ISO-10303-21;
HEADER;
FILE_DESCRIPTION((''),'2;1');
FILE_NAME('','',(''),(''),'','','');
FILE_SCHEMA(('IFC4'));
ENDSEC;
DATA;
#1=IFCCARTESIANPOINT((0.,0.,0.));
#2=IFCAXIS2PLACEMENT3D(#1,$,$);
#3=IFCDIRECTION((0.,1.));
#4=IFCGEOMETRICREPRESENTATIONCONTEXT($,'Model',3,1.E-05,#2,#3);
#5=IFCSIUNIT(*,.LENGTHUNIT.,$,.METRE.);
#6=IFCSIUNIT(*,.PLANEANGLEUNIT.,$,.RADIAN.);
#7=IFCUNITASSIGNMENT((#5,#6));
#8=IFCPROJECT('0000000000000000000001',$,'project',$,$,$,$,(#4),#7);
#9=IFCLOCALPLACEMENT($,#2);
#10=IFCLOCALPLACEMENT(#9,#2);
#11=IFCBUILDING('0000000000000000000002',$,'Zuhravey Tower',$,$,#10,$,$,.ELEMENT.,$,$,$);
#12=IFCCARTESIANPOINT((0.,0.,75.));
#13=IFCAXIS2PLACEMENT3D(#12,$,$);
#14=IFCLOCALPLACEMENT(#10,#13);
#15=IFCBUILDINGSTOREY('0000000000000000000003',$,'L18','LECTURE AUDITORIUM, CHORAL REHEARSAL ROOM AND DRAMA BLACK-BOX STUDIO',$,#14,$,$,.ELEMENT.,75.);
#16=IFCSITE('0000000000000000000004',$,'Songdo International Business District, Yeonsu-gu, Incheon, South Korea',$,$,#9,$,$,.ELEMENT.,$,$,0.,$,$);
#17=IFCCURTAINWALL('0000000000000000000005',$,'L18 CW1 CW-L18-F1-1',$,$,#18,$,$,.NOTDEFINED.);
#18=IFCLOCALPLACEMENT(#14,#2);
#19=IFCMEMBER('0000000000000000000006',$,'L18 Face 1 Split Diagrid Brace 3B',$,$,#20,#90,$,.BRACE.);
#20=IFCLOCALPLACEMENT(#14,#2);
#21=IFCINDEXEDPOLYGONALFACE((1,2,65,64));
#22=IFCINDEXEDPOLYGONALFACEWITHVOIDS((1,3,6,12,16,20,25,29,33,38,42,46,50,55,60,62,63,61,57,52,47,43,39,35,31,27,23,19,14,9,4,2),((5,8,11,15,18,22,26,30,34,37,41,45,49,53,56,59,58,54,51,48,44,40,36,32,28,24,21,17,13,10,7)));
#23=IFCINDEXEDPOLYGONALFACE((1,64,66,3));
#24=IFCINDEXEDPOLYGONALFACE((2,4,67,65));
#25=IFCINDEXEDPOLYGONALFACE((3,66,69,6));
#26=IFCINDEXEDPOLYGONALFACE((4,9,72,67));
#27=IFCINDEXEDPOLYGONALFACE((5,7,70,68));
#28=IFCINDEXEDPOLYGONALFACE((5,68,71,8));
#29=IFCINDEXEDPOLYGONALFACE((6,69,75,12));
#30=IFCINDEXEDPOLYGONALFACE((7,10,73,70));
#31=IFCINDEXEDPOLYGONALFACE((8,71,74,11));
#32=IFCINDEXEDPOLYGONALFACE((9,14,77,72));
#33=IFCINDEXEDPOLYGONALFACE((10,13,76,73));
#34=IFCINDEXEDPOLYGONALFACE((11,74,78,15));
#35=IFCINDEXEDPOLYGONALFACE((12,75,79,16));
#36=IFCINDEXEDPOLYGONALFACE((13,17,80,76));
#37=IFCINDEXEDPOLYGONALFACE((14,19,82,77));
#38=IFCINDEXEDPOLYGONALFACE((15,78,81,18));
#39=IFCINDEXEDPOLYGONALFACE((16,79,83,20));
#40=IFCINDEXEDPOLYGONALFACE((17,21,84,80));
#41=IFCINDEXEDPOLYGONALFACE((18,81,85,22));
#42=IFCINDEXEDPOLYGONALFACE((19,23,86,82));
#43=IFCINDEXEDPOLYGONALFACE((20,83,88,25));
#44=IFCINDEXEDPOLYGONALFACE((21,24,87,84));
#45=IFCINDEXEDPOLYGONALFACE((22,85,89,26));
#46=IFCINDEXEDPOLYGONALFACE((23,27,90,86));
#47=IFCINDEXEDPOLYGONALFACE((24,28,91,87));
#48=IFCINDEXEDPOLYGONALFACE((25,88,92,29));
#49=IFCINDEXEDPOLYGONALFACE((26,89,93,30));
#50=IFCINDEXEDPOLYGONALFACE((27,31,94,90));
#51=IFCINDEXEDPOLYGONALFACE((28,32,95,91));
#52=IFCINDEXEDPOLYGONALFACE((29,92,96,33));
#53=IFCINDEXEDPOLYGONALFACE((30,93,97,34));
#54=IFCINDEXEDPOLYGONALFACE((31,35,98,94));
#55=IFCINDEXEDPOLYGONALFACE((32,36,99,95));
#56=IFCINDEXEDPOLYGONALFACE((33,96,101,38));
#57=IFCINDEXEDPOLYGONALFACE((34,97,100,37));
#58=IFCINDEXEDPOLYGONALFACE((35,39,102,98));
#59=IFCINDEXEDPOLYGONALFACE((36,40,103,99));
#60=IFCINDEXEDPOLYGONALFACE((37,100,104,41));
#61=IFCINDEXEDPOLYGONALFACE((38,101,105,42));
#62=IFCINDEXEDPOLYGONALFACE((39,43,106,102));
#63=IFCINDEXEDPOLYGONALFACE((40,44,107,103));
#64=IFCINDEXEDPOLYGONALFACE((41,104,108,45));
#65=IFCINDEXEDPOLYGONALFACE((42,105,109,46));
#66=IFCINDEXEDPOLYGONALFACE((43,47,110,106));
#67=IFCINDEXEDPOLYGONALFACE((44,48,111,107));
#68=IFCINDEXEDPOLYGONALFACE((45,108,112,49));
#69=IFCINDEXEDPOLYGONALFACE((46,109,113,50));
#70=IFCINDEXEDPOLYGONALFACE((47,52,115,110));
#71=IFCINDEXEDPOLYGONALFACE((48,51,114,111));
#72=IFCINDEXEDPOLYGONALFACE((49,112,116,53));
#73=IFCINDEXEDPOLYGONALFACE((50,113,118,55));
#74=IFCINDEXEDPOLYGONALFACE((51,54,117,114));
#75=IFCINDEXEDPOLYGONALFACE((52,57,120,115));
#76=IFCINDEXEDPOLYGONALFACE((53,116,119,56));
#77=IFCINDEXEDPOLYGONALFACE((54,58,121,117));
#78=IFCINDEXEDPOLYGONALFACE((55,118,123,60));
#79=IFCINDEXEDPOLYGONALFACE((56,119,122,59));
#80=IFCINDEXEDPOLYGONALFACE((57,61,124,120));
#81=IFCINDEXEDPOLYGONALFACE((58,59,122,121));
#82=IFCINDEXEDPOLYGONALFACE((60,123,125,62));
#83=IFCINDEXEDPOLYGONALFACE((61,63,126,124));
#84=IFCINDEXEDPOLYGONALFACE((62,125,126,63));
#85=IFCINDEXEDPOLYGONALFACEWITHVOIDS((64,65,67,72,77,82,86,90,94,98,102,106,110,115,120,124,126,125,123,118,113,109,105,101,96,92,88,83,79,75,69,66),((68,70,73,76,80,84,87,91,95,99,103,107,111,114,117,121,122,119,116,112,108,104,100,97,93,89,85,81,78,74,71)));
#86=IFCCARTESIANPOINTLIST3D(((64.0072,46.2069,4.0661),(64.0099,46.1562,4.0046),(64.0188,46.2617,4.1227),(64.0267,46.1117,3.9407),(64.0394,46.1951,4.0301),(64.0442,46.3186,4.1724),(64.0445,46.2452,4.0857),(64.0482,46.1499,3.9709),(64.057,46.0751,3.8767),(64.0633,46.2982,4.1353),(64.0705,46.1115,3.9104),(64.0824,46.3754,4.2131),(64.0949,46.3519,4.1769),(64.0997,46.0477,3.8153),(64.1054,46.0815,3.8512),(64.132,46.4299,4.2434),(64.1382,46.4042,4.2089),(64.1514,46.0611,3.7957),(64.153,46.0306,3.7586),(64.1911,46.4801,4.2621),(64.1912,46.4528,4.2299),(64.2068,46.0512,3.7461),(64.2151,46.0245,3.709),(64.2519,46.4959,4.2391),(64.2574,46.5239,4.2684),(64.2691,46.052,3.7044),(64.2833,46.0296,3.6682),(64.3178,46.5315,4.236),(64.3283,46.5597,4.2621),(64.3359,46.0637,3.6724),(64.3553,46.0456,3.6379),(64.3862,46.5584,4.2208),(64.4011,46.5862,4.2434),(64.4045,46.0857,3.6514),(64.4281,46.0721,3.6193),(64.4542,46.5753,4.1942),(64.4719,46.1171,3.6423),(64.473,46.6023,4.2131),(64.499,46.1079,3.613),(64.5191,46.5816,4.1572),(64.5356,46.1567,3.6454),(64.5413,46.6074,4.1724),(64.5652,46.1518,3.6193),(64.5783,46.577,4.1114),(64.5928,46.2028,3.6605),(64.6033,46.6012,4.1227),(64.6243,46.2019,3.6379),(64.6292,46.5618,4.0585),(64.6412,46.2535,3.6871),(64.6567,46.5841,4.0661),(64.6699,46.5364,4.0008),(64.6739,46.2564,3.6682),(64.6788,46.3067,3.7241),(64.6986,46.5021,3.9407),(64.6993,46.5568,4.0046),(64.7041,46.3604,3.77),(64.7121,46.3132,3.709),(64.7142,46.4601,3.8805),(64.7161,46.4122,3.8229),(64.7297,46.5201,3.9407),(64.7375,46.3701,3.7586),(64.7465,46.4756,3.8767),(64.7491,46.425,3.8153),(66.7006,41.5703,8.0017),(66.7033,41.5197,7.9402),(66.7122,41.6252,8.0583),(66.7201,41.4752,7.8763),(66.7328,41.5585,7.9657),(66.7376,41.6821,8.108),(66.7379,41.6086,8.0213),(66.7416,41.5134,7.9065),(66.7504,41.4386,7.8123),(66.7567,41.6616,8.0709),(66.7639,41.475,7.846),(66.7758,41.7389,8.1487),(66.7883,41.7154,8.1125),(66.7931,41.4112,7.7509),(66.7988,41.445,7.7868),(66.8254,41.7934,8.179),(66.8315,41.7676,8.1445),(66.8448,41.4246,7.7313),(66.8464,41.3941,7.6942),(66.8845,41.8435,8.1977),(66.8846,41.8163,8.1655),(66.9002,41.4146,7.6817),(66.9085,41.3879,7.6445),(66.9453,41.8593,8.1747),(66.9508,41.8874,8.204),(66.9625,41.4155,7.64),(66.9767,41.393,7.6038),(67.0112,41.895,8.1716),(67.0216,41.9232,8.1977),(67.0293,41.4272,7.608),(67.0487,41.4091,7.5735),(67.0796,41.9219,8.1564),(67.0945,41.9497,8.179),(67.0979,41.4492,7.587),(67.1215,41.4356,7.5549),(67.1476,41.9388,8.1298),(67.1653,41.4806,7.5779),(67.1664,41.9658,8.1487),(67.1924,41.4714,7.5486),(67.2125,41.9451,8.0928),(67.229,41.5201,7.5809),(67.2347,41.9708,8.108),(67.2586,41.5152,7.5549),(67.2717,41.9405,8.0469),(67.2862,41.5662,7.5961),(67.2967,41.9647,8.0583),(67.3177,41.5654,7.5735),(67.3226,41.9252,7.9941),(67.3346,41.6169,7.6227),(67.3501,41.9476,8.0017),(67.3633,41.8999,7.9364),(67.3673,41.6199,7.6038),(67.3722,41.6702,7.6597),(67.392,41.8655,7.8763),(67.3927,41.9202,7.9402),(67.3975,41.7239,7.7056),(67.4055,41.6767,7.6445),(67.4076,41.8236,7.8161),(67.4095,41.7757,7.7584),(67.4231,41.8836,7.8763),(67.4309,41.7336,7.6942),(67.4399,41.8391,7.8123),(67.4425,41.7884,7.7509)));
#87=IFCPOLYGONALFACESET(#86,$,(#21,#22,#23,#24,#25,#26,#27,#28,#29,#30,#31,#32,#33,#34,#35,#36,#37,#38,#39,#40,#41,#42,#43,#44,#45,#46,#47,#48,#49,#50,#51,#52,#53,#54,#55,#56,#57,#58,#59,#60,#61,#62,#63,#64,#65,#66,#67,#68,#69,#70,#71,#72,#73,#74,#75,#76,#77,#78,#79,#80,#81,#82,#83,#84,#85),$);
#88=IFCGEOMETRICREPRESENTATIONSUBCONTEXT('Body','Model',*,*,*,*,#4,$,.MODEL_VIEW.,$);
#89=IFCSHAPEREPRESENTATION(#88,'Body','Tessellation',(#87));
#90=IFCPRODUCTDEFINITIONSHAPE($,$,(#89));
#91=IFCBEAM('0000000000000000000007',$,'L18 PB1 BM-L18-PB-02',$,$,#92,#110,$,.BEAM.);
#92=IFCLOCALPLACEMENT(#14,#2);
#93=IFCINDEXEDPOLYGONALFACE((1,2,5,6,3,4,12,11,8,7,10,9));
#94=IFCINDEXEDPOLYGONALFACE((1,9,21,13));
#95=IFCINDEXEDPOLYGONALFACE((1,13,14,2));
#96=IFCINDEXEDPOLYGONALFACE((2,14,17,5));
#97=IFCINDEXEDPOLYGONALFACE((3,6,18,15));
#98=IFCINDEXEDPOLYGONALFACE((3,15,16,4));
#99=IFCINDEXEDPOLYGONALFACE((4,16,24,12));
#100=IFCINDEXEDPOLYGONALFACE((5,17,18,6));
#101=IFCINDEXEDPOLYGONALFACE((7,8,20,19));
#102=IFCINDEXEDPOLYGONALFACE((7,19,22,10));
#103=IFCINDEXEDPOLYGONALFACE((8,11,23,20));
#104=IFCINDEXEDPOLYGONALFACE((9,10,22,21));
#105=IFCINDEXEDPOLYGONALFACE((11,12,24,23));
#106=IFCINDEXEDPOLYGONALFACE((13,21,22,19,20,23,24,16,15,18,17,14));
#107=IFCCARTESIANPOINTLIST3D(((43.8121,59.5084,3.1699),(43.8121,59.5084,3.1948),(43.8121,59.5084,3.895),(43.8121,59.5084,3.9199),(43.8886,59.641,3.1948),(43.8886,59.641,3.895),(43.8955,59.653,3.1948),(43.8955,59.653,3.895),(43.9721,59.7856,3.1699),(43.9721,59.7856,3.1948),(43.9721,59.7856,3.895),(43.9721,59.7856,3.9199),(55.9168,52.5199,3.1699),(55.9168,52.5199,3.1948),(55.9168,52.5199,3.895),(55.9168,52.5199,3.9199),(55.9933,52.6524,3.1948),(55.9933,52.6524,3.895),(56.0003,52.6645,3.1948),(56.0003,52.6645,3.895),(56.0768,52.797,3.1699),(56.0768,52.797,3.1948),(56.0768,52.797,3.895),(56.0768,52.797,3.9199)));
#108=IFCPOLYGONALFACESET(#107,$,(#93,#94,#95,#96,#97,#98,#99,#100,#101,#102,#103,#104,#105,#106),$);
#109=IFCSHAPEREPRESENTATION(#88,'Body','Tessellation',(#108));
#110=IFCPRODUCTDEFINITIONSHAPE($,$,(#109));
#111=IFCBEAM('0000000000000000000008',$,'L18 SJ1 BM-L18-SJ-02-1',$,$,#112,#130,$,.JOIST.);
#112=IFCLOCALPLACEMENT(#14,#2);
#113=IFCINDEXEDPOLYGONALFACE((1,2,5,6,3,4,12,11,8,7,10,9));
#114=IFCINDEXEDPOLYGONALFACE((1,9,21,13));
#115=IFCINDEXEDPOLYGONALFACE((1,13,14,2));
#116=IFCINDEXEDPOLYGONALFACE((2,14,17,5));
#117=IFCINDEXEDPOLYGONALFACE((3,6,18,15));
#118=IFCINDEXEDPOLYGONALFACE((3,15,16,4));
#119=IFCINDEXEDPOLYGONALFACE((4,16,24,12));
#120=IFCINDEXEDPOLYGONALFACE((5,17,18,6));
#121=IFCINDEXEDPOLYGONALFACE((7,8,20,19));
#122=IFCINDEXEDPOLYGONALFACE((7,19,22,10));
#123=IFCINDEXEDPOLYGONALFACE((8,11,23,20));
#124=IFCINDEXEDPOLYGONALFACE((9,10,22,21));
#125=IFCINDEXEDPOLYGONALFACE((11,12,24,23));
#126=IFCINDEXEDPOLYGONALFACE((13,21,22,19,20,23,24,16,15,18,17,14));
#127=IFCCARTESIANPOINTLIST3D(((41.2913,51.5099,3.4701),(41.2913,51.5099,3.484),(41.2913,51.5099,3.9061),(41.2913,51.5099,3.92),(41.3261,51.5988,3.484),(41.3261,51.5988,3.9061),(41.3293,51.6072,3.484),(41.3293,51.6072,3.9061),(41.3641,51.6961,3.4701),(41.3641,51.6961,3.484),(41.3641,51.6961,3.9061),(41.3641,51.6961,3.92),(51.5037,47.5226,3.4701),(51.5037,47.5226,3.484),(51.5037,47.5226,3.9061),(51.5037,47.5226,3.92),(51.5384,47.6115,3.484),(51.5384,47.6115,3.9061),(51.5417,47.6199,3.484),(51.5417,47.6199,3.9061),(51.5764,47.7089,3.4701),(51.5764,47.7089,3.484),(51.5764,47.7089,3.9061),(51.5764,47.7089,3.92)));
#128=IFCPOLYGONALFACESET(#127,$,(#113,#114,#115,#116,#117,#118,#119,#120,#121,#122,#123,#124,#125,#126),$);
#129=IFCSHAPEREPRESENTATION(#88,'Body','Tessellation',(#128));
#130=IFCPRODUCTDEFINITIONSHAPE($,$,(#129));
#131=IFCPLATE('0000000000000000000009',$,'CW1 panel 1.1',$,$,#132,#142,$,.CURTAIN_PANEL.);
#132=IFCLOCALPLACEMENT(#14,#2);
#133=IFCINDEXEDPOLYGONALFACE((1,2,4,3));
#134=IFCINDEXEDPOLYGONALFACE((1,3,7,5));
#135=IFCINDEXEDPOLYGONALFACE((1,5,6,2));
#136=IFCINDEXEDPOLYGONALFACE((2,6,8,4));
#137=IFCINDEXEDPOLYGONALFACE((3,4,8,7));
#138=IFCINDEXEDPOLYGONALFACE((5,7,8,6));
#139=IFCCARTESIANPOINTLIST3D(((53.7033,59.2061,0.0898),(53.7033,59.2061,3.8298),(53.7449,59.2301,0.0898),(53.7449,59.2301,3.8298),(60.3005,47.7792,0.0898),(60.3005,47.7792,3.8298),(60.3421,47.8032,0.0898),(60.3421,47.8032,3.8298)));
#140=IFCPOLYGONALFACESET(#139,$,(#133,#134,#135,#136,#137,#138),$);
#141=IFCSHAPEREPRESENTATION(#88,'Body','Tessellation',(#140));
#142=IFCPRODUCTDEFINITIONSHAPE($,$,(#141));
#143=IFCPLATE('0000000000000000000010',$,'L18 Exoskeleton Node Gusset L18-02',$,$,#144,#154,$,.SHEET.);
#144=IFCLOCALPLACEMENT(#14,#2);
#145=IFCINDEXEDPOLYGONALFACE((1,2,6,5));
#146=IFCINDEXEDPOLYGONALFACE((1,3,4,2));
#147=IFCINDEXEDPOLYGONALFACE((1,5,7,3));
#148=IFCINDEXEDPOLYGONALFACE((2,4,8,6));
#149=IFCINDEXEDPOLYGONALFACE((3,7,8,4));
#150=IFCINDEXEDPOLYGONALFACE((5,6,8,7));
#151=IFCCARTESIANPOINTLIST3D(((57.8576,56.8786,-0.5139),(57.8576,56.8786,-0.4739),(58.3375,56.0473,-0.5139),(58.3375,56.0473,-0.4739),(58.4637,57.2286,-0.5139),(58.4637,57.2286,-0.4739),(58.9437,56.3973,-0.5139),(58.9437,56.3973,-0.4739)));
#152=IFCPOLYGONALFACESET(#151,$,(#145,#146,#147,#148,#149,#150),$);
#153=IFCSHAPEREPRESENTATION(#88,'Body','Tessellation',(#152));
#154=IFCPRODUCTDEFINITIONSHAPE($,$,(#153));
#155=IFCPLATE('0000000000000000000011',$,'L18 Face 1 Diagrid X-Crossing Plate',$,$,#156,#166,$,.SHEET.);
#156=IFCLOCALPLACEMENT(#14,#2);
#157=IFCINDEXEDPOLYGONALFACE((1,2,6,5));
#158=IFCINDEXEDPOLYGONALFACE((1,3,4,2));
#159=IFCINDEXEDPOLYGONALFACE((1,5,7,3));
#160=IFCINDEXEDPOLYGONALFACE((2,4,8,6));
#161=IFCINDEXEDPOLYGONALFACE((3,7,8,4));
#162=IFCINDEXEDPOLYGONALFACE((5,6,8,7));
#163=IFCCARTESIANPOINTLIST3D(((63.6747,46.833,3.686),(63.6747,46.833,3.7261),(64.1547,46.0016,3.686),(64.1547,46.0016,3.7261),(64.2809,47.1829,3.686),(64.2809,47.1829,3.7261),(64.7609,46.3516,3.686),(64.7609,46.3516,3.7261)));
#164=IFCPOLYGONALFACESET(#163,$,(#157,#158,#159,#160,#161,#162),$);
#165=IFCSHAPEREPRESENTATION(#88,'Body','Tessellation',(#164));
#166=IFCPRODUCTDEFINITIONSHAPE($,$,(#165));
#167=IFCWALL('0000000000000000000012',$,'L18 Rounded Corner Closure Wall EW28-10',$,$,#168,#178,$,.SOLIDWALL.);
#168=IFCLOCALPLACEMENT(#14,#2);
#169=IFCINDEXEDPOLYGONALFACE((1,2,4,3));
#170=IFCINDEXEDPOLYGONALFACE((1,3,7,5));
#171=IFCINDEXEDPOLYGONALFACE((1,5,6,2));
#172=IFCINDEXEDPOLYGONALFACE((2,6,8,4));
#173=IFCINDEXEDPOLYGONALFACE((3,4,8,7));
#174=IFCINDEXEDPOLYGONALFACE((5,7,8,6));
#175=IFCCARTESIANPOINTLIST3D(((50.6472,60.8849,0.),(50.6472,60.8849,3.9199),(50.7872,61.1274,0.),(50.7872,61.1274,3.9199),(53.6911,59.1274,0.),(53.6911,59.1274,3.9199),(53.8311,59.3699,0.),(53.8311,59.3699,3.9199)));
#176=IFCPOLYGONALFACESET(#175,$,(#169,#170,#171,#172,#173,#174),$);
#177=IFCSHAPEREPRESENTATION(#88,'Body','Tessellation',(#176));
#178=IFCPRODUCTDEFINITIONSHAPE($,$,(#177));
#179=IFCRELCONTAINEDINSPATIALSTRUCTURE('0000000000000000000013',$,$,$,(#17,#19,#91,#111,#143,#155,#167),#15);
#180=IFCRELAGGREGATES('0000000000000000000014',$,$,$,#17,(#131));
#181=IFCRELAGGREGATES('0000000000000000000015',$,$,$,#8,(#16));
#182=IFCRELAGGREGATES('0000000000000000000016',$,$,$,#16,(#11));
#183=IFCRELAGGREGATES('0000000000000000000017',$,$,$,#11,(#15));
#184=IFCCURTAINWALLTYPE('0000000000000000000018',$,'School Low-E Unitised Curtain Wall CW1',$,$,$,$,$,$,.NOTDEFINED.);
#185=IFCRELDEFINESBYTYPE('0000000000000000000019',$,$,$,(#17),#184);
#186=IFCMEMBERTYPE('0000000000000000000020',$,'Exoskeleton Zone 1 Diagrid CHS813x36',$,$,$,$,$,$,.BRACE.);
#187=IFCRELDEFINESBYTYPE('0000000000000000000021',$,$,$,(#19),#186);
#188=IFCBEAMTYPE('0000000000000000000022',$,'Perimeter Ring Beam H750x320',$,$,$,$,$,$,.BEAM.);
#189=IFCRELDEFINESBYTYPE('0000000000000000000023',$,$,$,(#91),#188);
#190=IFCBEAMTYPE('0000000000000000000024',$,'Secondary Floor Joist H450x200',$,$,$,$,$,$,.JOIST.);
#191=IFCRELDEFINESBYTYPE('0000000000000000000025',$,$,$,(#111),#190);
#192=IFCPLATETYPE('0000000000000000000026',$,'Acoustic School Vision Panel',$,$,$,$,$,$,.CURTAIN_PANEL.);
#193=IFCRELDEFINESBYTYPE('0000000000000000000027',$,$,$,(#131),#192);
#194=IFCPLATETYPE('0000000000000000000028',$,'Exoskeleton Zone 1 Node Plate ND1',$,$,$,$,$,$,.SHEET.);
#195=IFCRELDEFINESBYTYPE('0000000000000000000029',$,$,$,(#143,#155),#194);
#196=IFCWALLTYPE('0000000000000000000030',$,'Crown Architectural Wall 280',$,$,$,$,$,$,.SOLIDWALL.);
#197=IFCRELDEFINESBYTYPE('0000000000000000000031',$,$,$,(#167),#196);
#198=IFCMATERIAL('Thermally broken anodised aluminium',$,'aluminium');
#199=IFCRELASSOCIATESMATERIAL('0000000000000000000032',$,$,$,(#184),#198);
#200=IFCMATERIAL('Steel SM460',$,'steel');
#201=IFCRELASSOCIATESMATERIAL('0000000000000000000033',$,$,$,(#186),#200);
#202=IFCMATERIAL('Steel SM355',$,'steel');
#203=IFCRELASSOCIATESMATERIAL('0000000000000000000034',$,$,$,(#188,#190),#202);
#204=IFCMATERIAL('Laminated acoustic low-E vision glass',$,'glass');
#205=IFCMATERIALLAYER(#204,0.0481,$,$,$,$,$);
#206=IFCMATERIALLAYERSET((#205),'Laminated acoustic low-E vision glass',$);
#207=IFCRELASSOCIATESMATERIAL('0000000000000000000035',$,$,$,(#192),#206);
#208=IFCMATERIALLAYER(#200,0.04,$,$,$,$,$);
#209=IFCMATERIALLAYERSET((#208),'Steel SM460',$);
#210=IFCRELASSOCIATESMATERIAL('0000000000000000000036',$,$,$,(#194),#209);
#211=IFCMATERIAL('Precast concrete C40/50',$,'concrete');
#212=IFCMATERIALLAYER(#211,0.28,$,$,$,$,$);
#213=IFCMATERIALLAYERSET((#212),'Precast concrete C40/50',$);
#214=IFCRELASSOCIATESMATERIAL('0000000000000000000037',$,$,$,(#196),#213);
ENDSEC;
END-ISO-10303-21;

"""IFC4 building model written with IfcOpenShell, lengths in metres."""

from ifc_helpers import new_model, si_unit, direction, frame, frame_2d, origin, origin_2d, place, context, subcontext, project, spatial, rectangle, hollow_circle, i_section, extrude, material, layer, layer_set, material_profile, profile_set, type_object, element, aggregate, save


model = new_model("IFC4")

# Units and contexts
model_context = context("Model", 3, precision=1e-05, world=origin(), true_north=direction((0.0, 1.0)))
body_context = subcontext(model_context, "Body", "Model", "MODEL_VIEW")
ifc_project = project(units=[si_unit("LENGTHUNIT", "METRE"), si_unit("PLANEANGLEUNIT", "RADIAN")], contexts=[model_context])

# Site, building, storey
site_placement = place(None, origin())
site = spatial("IfcSite", under=ifc_project, at=site_placement, Name="Songdo International Business District, Yeonsu-gu, Incheon, South Korea", CompositionType="ELEMENT", RefElevation=0.0)
building_placement = place(site_placement, origin())
building = spatial("IfcBuilding", under=site, at=building_placement, Name="Zuhravey Tower", CompositionType="ELEMENT")
storey_placement = place(building_placement, frame((0.0, 0.0, 75.0)))
storey = spatial("IfcBuildingStorey", under=building, at=storey_placement, Name="L18", Description="LECTURE AUDITORIUM, CHORAL REHEARSAL ROOM AND DRAMA BLACK-BOX STUDIO", CompositionType="ELEMENT", Elevation=75.0)

# Shared definitions
ifc_material_1 = material(Name="Thermally broken anodised aluminium", Category="aluminium")
curtain_wall_type = type_object("IfcCurtainWallType", Name="School Low-E Unitised Curtain Wall CW1", PredefinedType="NOTDEFINED", material=ifc_material_1)

# Curtain wall
curtain_wall_1_placement = place(storey_placement, origin())
curtain_wall_1 = element("IfcCurtainWall", 1, at=curtain_wall_1_placement, inside=storey, type_object=curtain_wall_type, Name="L18 CW1 CW-L18-F1-1", PredefinedType="NOTDEFINED")

# Member
ifc_material_2 = material(Name="Steel SM460", Category="steel")
ifc_material_profile_1 = material_profile(ifc_material_2, hollow_circle(Radius=0.4065, WallThickness=0.0359, at=origin_2d()), Name="CHS-812.8x36")
ifc_profile_set_1 = profile_set([ifc_material_profile_1], Name="Steel SM460")
member_type_1 = type_object("IfcMemberType", Name="Exoskeleton Zone 1 Diagrid CHS813x36", PredefinedType="BRACE", material=ifc_profile_set_1)
member_1_placement = place(storey_placement, frame((64.3782, 46.3159, 3.9407), z_axis=(0.404938, -0.697079, 0.591697), x_axis=(0.864691, 0.502305, 0.0)))
element("IfcMember", 2, at=member_1_placement, inside=storey, type_object=member_type_1, Name="L18 Face 1 Split Diagrid Brace 3B", PredefinedType="BRACE", context=body_context, shape_type="SweptSolid", body=[
    extrude(hollow_circle(Radius=0.4065, WallThickness=0.0359, at=origin_2d()), origin(), (0.0, 0.0, 1.0), 6.6514),
])

# Beams
ifc_material_3 = material(Name="Steel SM355", Category="steel")
ifc_material_profile_2 = material_profile(ifc_material_3, i_section(OverallWidth=0.3201, OverallDepth=0.75, WebThickness=0.0139, FlangeThickness=0.0249, at=origin_2d()), Name="H-750x320x14x25")
ifc_profile_set_2 = profile_set([ifc_material_profile_2], Name="Steel SM355")
beam_type_1 = type_object("IfcBeamType", Name="Perimeter Ring Beam H750x320", PredefinedType="BEAM", material=ifc_profile_set_2)
beam_1_placement = place(storey_placement, frame((55.9968, 52.6584, 3.5449), z_axis=(-0.86603, 0.499992, 0.0), x_axis=(-0.499992, -0.86603, 0.0)))
element("IfcBeam", 3, at=beam_1_placement, inside=storey, type_object=beam_type_1, Name="L18 PB1 BM-L18-PB-02", PredefinedType="BEAM", context=body_context, shape_type="SweptSolid", body=[
    extrude(i_section(OverallWidth=0.3201, OverallDepth=0.75, WebThickness=0.0139, FlangeThickness=0.0249, at=origin_2d()), origin(), (0.0, 0.0, 1.0), 13.9773),
])
ifc_material_profile_3 = material_profile(ifc_material_3, i_section(OverallWidth=0.2, OverallDepth=0.45, WebThickness=0.009, FlangeThickness=0.0139, at=origin_2d()), Name="H-450x200x9x14")
ifc_profile_set_3 = profile_set([ifc_material_profile_3], Name="Steel SM355")
beam_type_2 = type_object("IfcBeamType", Name="Secondary Floor Joist H450x200", PredefinedType="JOIST", material=ifc_profile_set_3)
beam_2_placement = place(storey_placement, frame((51.54, 47.6157, 3.6951), z_axis=(-0.931517, 0.363699, 0.0), x_axis=(-0.363699, -0.931517, 0.0)))
element("IfcBeam", 4, at=beam_2_placement, inside=storey, type_object=beam_type_2, Name="L18 SJ1 BM-L18-SJ-02-1", PredefinedType="JOIST", context=body_context, shape_type="SweptSolid", body=[
    extrude(i_section(OverallWidth=0.2, OverallDepth=0.45, WebThickness=0.009, FlangeThickness=0.0139, at=origin_2d()), origin(), (0.0, 0.0, 1.0), 10.9631),
])

# Plate
ifc_material_4 = material(Name="Laminated acoustic low-E vision glass", Category="glass")
ifc_layer_1 = layer(ifc_material_4, 0.0481)
ifc_layer_set_1 = layer_set([ifc_layer_1], Name="Laminated acoustic low-E vision glass")
plate_type_1 = type_object("IfcPlateType", Name="Acoustic School Vision Panel", PredefinedType="CURTAIN_PANEL", material=ifc_layer_set_1)
plate_placement = place(storey_placement, frame((57.0227, 53.5046, 0.0898), z_axis=(0.0, 0.0, 1.0), x_axis=(0.499996, -0.866028, 0.0)))
plate = element("IfcPlate", 5, at=plate_placement, type_object=plate_type_1, Name="CW1 panel 1.1", PredefinedType="CURTAIN_PANEL", context=body_context, shape_type="SweptSolid", body=[
    extrude(rectangle(XDim=13.1946, YDim=0.0481, at=origin_2d()), origin(), (0.0, 0.0, 1.0), 3.74),
])
aggregate(curtain_wall_1, [plate])

# Plates
ifc_layer_2 = layer(ifc_material_2, 0.04)
ifc_layer_set_2 = layer_set([ifc_layer_2], Name="Steel SM460")
plate_type_2 = type_object("IfcPlateType", Name="Exoskeleton Zone 1 Node Plate ND1", PredefinedType="SHEET", material=ifc_layer_set_2)
for number, where, z_axis, x_axis, name in (
    (6, (58.4006, 56.6379, -0.5139), (0.0, 0.0, 1.0), (-0.5, 0.866025, 0.0), "L18 Exoskeleton Node Gusset L18-02"),
    (7, (64.2178, 46.5923, 3.686), (0.0, 0.0, 1.0), (-0.5, 0.866025, 0.0), "L18 Face 1 Diagrid X-Crossing Plate"),
):
    element("IfcPlate", number, at=place(storey_placement, frame(where, z_axis=z_axis, x_axis=x_axis)), inside=storey, type_object=plate_type_2, Name=name, PredefinedType="SHEET", context=body_context, shape_type="SweptSolid", body=[
        extrude(rectangle(XDim=0.96, YDim=0.7, at=origin_2d()), origin(), (0.0, 0.0, 1.0), 0.04),
    ])

# Wall
ifc_material_5 = material(Name="Precast concrete C40/50", Category="concrete")
ifc_layer_3 = layer(ifc_material_5, 0.28)
ifc_layer_set_3 = layer_set([ifc_layer_3], Name="Precast concrete C40/50")
wall_type = type_object("IfcWallType", Name="Crown Architectural Wall 280", PredefinedType="SOLIDWALL", material=ifc_layer_set_3)
wall_1_placement = place(storey_placement, frame((50.7173, 61.0061, 0.0), z_axis=(0.0, 0.0, 1.0), x_axis=(0.866007, -0.500031, 0.0)))
element("IfcWall", 8, at=wall_1_placement, inside=storey, type_object=wall_type, Name="L18 Rounded Corner Closure Wall EW28-10", PredefinedType="SOLIDWALL", context=body_context, shape_type="SweptSolid", body=[
    extrude(rectangle(XDim=3.5149, YDim=0.28, at=frame_2d((1.7573, 0.0))), origin(), (0.0, 0.0, 1.0), 3.9199),
])

save(model, "model.ifc")
